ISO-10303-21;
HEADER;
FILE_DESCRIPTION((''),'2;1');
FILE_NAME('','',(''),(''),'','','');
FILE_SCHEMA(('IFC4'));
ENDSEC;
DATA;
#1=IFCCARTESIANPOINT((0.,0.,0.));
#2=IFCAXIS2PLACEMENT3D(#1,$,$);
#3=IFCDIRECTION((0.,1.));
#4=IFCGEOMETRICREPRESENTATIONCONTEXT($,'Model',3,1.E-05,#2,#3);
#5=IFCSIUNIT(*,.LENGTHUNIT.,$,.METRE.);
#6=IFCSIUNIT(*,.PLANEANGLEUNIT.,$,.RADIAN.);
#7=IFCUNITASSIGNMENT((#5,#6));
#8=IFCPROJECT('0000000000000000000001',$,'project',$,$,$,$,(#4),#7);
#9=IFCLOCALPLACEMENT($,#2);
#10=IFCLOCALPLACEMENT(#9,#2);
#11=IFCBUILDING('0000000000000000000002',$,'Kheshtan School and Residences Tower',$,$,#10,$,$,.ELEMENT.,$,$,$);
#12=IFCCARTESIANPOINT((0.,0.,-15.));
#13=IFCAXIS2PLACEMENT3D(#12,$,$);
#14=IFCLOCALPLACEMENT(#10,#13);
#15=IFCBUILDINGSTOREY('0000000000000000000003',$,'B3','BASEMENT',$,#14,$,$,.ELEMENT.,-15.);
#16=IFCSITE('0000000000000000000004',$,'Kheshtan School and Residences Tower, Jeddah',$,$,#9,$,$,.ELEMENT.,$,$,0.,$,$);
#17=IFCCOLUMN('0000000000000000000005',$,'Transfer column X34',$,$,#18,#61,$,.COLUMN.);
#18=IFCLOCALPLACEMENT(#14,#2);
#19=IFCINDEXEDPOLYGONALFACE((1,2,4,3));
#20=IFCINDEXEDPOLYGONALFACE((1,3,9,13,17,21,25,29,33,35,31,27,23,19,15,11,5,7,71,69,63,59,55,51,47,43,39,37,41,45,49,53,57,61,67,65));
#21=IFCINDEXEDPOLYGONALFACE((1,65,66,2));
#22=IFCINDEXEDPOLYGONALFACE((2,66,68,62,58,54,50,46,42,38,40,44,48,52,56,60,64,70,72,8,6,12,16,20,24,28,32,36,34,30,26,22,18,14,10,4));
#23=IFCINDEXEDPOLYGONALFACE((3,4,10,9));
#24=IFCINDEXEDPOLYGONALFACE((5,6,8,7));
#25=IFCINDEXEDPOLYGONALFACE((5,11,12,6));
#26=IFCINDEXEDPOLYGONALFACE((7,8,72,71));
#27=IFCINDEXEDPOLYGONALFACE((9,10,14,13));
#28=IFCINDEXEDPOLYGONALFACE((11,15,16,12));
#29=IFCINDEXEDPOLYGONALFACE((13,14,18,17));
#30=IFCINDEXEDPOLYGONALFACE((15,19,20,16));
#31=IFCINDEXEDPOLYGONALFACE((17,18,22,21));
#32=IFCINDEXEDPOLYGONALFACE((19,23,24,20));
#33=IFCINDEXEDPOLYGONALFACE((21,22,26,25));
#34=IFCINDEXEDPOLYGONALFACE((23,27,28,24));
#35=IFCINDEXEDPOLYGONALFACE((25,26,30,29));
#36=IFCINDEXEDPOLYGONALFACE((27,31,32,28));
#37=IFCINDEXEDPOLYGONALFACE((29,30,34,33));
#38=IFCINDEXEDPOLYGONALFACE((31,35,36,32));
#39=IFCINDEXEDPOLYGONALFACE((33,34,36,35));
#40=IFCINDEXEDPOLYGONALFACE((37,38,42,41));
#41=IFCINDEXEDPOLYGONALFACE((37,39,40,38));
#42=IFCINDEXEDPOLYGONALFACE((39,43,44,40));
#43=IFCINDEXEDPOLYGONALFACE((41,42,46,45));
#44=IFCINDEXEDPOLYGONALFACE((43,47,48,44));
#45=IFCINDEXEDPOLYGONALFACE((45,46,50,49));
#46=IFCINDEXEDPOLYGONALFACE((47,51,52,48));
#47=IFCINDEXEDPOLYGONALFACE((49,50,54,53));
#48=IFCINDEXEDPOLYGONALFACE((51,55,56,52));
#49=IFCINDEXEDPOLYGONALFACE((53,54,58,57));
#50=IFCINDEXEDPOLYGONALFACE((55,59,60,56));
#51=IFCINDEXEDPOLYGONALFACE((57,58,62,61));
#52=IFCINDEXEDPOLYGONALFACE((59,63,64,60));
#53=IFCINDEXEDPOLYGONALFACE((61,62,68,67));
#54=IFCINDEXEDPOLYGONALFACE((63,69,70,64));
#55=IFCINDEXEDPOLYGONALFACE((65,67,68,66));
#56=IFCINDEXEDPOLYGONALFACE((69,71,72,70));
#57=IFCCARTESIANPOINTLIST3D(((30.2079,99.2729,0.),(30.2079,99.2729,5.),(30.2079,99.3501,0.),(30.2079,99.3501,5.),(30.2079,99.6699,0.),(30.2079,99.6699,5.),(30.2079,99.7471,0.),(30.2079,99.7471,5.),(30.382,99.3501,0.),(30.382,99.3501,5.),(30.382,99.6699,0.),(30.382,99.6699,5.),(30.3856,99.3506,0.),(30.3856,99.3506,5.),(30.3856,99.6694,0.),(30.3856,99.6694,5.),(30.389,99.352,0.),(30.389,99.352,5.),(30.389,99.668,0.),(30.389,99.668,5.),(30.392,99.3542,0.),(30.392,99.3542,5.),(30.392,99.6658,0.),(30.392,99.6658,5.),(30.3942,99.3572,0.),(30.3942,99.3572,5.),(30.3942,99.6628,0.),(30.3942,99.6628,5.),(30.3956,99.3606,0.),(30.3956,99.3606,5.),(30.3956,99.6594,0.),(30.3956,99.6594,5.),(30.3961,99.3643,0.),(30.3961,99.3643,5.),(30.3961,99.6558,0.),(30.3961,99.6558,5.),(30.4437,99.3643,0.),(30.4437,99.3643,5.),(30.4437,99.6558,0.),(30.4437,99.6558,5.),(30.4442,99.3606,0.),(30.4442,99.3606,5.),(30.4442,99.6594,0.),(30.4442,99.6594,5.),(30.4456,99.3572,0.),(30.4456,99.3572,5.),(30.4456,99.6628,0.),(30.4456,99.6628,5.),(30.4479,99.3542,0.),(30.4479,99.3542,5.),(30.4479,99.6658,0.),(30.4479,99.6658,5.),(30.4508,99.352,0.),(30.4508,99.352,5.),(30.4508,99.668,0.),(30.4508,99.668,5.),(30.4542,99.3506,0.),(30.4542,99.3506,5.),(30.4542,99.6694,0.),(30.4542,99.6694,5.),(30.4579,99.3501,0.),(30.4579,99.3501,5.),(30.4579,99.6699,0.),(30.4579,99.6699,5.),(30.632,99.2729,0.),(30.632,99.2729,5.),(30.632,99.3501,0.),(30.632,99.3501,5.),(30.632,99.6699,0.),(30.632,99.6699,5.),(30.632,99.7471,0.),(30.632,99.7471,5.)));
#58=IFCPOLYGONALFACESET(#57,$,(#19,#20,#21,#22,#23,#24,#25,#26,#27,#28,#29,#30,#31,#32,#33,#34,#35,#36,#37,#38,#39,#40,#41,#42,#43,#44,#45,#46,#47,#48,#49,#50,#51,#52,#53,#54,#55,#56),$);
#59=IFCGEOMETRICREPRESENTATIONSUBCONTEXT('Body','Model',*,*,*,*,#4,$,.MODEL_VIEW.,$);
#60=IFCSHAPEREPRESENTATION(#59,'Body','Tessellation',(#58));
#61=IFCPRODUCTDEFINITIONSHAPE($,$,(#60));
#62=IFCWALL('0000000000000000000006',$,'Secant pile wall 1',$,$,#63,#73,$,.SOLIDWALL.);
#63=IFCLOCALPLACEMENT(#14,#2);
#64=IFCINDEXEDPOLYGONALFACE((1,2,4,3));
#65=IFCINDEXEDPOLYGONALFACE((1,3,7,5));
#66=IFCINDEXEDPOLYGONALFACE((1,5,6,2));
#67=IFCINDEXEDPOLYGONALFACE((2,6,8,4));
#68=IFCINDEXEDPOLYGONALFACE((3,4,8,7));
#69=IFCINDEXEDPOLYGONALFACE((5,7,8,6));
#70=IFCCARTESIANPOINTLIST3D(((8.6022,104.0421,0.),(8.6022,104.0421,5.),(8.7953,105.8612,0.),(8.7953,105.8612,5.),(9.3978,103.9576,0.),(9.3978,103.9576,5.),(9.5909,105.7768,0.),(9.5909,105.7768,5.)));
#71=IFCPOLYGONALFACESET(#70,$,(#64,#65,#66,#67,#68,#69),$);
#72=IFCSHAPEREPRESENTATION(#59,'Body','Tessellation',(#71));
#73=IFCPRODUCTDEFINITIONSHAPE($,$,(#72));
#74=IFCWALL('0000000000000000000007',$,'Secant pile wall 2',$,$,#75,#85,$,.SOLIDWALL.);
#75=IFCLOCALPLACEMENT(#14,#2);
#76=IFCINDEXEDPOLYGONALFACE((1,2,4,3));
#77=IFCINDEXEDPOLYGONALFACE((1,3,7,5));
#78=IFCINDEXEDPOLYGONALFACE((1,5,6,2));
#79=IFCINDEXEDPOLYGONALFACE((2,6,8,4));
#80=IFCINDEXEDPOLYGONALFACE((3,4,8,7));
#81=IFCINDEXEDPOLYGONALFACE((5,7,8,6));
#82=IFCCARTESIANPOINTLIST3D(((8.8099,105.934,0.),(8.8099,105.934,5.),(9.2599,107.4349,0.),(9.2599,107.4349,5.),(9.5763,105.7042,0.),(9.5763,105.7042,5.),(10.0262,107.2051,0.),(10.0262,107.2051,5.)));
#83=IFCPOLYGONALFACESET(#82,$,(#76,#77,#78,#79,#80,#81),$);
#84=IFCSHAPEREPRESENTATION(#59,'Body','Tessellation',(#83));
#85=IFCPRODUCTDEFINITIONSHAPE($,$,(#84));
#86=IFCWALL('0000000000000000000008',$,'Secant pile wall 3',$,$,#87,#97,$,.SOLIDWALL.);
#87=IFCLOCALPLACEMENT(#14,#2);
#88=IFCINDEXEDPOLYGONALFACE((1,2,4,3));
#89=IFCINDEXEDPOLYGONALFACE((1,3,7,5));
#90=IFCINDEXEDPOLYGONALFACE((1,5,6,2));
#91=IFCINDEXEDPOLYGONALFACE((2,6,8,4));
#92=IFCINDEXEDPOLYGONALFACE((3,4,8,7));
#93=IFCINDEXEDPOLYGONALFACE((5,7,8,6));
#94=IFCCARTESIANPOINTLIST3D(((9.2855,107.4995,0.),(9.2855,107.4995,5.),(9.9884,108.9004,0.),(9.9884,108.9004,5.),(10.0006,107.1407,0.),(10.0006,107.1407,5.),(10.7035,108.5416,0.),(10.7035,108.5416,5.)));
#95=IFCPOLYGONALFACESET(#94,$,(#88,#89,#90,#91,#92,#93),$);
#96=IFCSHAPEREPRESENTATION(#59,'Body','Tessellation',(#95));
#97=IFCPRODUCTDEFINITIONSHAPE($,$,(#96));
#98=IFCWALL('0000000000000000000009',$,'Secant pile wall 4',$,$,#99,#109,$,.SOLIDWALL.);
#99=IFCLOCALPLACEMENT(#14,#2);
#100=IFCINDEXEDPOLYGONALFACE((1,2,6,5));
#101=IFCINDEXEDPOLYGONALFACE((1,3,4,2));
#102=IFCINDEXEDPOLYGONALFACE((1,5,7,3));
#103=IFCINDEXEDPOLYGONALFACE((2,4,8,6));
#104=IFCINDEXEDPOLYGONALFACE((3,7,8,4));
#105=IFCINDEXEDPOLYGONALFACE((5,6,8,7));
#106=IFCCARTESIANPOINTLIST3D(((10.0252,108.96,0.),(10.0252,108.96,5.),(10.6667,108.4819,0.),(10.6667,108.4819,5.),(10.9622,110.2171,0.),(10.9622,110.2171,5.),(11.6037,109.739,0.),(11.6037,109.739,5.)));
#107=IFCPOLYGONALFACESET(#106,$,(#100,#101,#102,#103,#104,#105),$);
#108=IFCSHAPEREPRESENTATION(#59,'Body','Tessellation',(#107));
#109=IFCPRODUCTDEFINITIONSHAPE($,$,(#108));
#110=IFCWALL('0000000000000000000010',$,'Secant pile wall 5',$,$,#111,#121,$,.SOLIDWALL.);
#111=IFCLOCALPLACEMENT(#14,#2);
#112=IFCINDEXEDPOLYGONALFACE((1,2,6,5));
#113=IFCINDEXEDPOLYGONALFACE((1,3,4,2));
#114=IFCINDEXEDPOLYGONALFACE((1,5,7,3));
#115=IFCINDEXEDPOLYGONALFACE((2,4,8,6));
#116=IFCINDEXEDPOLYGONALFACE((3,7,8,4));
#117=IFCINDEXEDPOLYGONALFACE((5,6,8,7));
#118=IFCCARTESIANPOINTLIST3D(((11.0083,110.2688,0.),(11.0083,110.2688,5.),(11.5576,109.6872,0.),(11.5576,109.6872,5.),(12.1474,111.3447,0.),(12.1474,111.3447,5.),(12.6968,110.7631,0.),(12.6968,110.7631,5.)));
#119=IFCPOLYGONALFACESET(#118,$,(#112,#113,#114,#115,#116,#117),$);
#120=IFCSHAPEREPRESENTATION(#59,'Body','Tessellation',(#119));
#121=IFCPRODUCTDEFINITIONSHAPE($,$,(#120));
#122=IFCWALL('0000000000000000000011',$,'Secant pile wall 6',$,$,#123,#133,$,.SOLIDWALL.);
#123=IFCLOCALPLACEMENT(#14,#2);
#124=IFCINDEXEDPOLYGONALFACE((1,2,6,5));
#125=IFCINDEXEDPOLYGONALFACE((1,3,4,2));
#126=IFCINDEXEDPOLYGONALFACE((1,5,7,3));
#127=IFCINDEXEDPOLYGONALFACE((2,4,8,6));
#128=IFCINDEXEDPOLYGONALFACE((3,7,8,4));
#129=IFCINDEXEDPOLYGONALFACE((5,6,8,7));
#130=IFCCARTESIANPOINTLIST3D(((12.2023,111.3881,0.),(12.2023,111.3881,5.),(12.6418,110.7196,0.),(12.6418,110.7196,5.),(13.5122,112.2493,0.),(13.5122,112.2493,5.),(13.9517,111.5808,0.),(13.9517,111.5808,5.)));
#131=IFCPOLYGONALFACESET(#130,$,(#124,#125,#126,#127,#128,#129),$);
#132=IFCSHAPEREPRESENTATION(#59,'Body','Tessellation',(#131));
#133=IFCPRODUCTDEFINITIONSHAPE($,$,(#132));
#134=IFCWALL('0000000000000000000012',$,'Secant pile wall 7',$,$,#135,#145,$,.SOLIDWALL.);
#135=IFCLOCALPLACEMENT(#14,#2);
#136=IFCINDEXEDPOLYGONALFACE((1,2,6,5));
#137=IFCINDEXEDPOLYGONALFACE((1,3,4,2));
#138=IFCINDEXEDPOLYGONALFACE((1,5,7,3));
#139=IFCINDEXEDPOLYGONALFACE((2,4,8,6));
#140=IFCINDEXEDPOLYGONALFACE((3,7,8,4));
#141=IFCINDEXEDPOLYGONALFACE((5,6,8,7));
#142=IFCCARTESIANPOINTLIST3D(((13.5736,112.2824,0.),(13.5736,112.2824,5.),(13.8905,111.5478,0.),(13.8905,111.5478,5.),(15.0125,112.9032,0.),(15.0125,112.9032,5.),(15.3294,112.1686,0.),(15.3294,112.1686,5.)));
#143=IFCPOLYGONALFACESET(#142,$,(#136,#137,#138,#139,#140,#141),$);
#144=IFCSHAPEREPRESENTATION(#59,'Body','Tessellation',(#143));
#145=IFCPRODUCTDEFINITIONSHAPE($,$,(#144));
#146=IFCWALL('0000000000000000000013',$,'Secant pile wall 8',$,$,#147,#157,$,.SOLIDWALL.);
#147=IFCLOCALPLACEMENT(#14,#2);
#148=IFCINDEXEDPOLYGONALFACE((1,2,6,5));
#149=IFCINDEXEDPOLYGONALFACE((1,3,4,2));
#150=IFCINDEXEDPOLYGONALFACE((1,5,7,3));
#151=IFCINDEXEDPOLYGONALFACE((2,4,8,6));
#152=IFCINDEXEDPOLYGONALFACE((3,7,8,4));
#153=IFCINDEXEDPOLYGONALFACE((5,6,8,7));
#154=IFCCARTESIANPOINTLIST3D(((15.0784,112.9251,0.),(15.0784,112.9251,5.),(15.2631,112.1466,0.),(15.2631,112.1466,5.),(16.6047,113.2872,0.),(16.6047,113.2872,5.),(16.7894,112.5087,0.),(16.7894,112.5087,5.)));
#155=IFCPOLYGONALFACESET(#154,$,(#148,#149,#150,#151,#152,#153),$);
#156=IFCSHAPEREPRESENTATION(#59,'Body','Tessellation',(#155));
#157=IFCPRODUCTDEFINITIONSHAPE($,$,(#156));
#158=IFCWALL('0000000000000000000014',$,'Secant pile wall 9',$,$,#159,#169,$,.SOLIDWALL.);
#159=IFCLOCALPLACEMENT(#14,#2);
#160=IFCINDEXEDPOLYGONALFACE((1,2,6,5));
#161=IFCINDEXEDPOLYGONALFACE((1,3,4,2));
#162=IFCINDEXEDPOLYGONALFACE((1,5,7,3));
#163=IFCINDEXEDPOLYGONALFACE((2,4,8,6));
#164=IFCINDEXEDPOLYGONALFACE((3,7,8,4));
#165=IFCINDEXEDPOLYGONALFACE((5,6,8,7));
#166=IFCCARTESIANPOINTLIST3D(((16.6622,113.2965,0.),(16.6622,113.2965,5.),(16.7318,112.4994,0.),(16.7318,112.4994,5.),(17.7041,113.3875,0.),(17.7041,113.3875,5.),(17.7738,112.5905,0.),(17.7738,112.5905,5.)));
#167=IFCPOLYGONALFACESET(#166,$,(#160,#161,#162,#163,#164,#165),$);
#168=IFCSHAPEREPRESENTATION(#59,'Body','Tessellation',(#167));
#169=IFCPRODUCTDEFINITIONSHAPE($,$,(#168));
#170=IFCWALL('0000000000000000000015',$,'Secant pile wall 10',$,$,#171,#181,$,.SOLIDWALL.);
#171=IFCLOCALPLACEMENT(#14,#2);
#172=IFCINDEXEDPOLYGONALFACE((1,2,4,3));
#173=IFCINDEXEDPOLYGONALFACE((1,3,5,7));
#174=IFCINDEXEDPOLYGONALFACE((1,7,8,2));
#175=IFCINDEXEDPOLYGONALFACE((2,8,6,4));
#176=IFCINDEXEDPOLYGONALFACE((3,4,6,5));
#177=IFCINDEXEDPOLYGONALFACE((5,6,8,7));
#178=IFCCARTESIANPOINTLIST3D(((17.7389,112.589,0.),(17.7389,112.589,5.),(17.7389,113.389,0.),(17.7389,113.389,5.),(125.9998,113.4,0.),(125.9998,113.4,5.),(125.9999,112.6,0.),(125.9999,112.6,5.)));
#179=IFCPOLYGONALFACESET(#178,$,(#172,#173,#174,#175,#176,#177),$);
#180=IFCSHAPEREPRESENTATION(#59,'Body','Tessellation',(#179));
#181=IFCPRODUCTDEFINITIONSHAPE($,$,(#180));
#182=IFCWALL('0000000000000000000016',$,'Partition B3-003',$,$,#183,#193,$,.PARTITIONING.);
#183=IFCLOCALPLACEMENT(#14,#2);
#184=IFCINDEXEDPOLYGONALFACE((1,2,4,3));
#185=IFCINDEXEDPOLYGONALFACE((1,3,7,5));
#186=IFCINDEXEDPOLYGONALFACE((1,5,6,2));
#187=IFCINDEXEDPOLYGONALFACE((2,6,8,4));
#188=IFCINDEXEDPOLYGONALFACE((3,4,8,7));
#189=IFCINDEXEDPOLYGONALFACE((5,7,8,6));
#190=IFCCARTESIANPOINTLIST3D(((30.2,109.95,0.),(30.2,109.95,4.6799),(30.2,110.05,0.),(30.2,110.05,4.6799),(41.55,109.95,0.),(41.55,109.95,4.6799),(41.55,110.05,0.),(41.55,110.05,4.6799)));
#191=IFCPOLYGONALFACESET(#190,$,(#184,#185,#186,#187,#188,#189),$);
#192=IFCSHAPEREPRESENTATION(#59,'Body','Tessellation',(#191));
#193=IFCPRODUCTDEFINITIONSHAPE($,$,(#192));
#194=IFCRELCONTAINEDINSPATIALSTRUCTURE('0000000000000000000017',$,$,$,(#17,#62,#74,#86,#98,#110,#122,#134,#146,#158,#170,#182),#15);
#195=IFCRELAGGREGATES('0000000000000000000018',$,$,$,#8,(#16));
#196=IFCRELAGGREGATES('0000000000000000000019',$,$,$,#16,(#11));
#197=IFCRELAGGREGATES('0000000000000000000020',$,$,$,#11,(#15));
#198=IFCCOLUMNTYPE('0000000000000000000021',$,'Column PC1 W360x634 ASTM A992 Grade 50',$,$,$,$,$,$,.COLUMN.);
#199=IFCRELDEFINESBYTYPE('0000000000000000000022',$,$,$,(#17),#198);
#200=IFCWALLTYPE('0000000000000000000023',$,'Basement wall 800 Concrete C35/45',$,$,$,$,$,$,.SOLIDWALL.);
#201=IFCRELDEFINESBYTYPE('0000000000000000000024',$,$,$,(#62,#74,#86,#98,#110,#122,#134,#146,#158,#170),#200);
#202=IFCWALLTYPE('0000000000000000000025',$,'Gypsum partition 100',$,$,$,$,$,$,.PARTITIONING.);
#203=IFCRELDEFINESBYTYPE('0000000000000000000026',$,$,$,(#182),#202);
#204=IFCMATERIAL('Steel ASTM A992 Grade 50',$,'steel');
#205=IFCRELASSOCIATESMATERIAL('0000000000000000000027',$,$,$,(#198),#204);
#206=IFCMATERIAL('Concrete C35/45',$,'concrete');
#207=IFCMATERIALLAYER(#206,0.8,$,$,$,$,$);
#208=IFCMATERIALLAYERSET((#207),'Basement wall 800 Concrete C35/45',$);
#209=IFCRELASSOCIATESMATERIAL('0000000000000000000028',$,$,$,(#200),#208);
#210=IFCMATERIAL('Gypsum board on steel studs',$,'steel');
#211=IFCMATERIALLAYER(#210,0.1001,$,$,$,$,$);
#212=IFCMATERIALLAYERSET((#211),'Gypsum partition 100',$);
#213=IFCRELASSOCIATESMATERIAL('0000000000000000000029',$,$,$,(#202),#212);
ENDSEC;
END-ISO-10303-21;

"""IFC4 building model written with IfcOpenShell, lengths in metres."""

from ifc_helpers import new_model, si_unit, direction, frame, frame_2d, origin, origin_2d, place, context, subcontext, project, spatial, rectangle, i_section, extrude, material, layer, layer_set, material_profile, profile_set, type_object, element, save


model = new_model("IFC4")

# Units and contexts
model_context = context("Model", 3, precision=1e-05, world=origin(), true_north=direction((0.0, 1.0)))
body_context = subcontext(model_context, "Body", "Model", "MODEL_VIEW")
ifc_project = project(units=[si_unit("LENGTHUNIT", "METRE"), si_unit("PLANEANGLEUNIT", "RADIAN")], contexts=[model_context])

# Site, building, storey
site_placement = place(None, origin())
site = spatial("IfcSite", under=ifc_project, at=site_placement, Name="Kheshtan School and Residences Tower, Jeddah", CompositionType="ELEMENT", RefElevation=0.0)
building_placement = place(site_placement, origin())
building = spatial("IfcBuilding", under=site, at=building_placement, Name="Kheshtan School and Residences Tower", CompositionType="ELEMENT")
storey_placement = place(building_placement, frame((0.0, 0.0, -15.0)))
storey = spatial("IfcBuildingStorey", under=building, at=storey_placement, Name="B3", Description="BASEMENT", CompositionType="ELEMENT", Elevation=-15.0)

# Column
ifc_material_1 = material(Name="Steel ASTM A992 Grade 50", Category="steel")
ifc_material_profile_1 = material_profile(ifc_material_1, i_section(OverallWidth=0.4241, OverallDepth=0.4741, WebThickness=0.0476, FlangeThickness=0.0771, FilletRadius=0.0142, at=origin_2d()), Name="W360x634")
ifc_profile_set_1 = profile_set([ifc_material_profile_1], Name="Steel ASTM A992 Grade 50")
column_type = type_object("IfcColumnType", Name="Column PC1 W360x634 ASTM A992 Grade 50", PredefinedType="COLUMN", material=ifc_profile_set_1)
for number, where, z_axis, x_axis, name in (
    (1, (30.4199, 99.51, 0.0), (0.0, 0.0, 1.0), (1.0, 0.0, 0.0), "Transfer column X34"),
):
    element("IfcColumn", number, at=place(storey_placement, frame(where, z_axis=z_axis, x_axis=x_axis)), inside=storey, type_object=column_type, Name=name, PredefinedType="COLUMN", context=body_context, shape_type="SweptSolid", body=[
        extrude(i_section(OverallWidth=0.4241, OverallDepth=0.4741, WebThickness=0.0476, FlangeThickness=0.0771, FilletRadius=0.0142, at=origin_2d()), origin(), (0.0, 0.0, 1.0), 5.0),
    ])

# Walls
ifc_material_2 = material(Name="Concrete C35/45", Category="concrete")
ifc_layer_1 = layer(ifc_material_2, 0.8)
ifc_layer_set_1 = layer_set([ifc_layer_1], Name="Basement wall 800 Concrete C35/45")
wall_type_1 = type_object("IfcWallType", Name="Basement wall 800 Concrete C35/45", PredefinedType="SOLIDWALL", material=ifc_layer_set_1)
wall_1_placement = place(storey_placement, frame((9.0, 104.0, 0.0), z_axis=(0.0, 0.0, 1.0), x_axis=(0.105567, 0.994412, 0.0)))
element("IfcWall", 2, at=wall_1_placement, inside=storey, type_object=wall_type_1, Name="Secant pile wall 1", PredefinedType="SOLIDWALL", context=body_context, shape_type="SweptSolid", body=[
    extrude(rectangle(XDim=1.8293, YDim=0.8, at=frame_2d((0.9146, 0.0))), origin(), (0.0, 0.0, 1.0), 5.0),
])
wall_2_placement = place(storey_placement, frame((9.1931, 105.8191, 0.0), z_axis=(0.0, 0.0, 1.0), x_axis=(0.287148, 0.957886, 0.0)))
element("IfcWall", 3, at=wall_2_placement, inside=storey, type_object=wall_type_1, Name="Secant pile wall 2", PredefinedType="SOLIDWALL", context=body_context, shape_type="SweptSolid", body=[
    extrude(rectangle(XDim=1.5669, YDim=0.8, at=frame_2d((0.7834, 0.0))), origin(), (0.0, 0.0, 1.0), 5.0),
])
wall_3_placement = place(storey_placement, frame((9.6431, 107.3201, 0.0), z_axis=(0.0, 0.0, 1.0), x_axis=(0.448459, 0.893803, 0.0)))
element("IfcWall", 4, at=wall_3_placement, inside=storey, type_object=wall_type_1, Name="Secant pile wall 3", PredefinedType="SOLIDWALL", context=body_context, shape_type="SweptSolid", body=[
    extrude(rectangle(XDim=1.5674, YDim=0.8, at=frame_2d((0.7837, 0.0))), origin(), (0.0, 0.0, 1.0), 5.0),
])
wall_4_placement = place(storey_placement, frame((10.3459, 108.7209, 0.0), z_axis=(0.0, 0.0, 1.0), x_axis=(0.597631, 0.801772, 0.0)))
element("IfcWall", 5, at=wall_4_placement, inside=storey, type_object=wall_type_1, Name="Secant pile wall 4", PredefinedType="SOLIDWALL", context=body_context, shape_type="SweptSolid", body=[
    extrude(rectangle(XDim=1.5679, YDim=0.8, at=frame_2d((0.7839, 0.0))), origin(), (0.0, 0.0, 1.0), 5.0),
])
wall_5_placement = place(storey_placement, frame((11.283, 109.978, 0.0), z_axis=(0.0, 0.0, 1.0), x_axis=(0.726996, 0.686642, 0.0)))
element("IfcWall", 6, at=wall_5_placement, inside=storey, type_object=wall_type_1, Name="Secant pile wall 5", PredefinedType="SOLIDWALL", context=body_context, shape_type="SweptSolid", body=[
    extrude(rectangle(XDim=1.5669, YDim=0.8, at=frame_2d((0.7834, 0.0))), origin(), (0.0, 0.0, 1.0), 5.0),
])
wall_6_placement = place(storey_placement, frame((12.4221, 111.054, 0.0), z_axis=(0.0, 0.0, 1.0), x_axis=(0.835603, 0.549333, 0.0)))
element("IfcWall", 7, at=wall_6_placement, inside=storey, type_object=wall_type_1, Name="Secant pile wall 6", PredefinedType="SOLIDWALL", context=body_context, shape_type="SweptSolid", body=[
    extrude(rectangle(XDim=1.5676, YDim=0.8, at=frame_2d((0.7837, 0.0))), origin(), (0.0, 0.0, 1.0), 5.0),
])
wall_7_placement = place(storey_placement, frame((13.7319, 111.915, 0.0), z_axis=(0.0, 0.0, 1.0), x_axis=(0.918183, 0.396155, 0.0)))
element("IfcWall", 8, at=wall_7_placement, inside=storey, type_object=wall_type_1, Name="Secant pile wall 7", PredefinedType="SOLIDWALL", context=body_context, shape_type="SweptSolid", body=[
    extrude(rectangle(XDim=1.5671, YDim=0.8, at=frame_2d((0.7837, 0.0))), origin(), (0.0, 0.0, 1.0), 5.0),
])
wall_8_placement = place(storey_placement, frame((15.1709, 112.5359, 0.0), z_axis=(0.0, 0.0, 1.0), x_axis=(0.972993, 0.230835, 0.0)))
element("IfcWall", 9, at=wall_8_placement, inside=storey, type_object=wall_type_1, Name="Secant pile wall 8", PredefinedType="SOLIDWALL", context=body_context, shape_type="SweptSolid", body=[
    extrude(rectangle(XDim=1.5686, YDim=0.8, at=frame_2d((0.7842, 0.0))), origin(), (0.0, 0.0, 1.0), 5.0),
])
wall_9_placement = place(storey_placement, frame((16.697, 112.8979, 0.0), z_axis=(0.0, 0.0, 1.0), x_axis=(0.996203, 0.087063, 0.0)))
element("IfcWall", 10, at=wall_9_placement, inside=storey, type_object=wall_type_1, Name="Secant pile wall 9", PredefinedType="SOLIDWALL", context=body_context, shape_type="SweptSolid", body=[
    extrude(rectangle(XDim=1.0459, YDim=0.8, at=frame_2d((0.5229, 0.0))), origin(), (0.0, 0.0, 1.0), 5.0),
])
wall_10_placement = place(storey_placement, frame((17.739, 112.989, 0.0), z_axis=(0.0, 0.0, 1.0), x_axis=(1.0, 0.000101, 0.0)))
element("IfcWall", 11, at=wall_10_placement, inside=storey, type_object=wall_type_1, Name="Secant pile wall 10", PredefinedType="SOLIDWALL", context=body_context, shape_type="SweptSolid", body=[
    extrude(rectangle(XDim=108.261, YDim=0.8, at=frame_2d((54.1304, 0.0))), origin(), (0.0, 0.0, 1.0), 5.0),
])
ifc_material_3 = material(Name="Gypsum board on steel studs", Category="steel")
ifc_layer_2 = layer(ifc_material_3, 0.1001)
ifc_layer_set_2 = layer_set([ifc_layer_2], Name="Gypsum partition 100")
wall_type_2 = type_object("IfcWallType", Name="Gypsum partition 100", PredefinedType="PARTITIONING", material=ifc_layer_set_2)
wall_11_placement = place(storey_placement, frame((30.2, 110.0, 0.0), z_axis=(0.0, 0.0, 1.0), x_axis=(1.0, 0.0, 0.0)))
element("IfcWall", 12, at=wall_11_placement, inside=storey, type_object=wall_type_2, Name="Partition B3-003", PredefinedType="PARTITIONING", context=body_context, shape_type="SweptSolid", body=[
    extrude(rectangle(XDim=11.3501, YDim=0.1001, at=frame_2d((5.675, 0.0))), origin(), (0.0, 0.0, 1.0), 4.6799),
])

save(model, "model.ifc")
